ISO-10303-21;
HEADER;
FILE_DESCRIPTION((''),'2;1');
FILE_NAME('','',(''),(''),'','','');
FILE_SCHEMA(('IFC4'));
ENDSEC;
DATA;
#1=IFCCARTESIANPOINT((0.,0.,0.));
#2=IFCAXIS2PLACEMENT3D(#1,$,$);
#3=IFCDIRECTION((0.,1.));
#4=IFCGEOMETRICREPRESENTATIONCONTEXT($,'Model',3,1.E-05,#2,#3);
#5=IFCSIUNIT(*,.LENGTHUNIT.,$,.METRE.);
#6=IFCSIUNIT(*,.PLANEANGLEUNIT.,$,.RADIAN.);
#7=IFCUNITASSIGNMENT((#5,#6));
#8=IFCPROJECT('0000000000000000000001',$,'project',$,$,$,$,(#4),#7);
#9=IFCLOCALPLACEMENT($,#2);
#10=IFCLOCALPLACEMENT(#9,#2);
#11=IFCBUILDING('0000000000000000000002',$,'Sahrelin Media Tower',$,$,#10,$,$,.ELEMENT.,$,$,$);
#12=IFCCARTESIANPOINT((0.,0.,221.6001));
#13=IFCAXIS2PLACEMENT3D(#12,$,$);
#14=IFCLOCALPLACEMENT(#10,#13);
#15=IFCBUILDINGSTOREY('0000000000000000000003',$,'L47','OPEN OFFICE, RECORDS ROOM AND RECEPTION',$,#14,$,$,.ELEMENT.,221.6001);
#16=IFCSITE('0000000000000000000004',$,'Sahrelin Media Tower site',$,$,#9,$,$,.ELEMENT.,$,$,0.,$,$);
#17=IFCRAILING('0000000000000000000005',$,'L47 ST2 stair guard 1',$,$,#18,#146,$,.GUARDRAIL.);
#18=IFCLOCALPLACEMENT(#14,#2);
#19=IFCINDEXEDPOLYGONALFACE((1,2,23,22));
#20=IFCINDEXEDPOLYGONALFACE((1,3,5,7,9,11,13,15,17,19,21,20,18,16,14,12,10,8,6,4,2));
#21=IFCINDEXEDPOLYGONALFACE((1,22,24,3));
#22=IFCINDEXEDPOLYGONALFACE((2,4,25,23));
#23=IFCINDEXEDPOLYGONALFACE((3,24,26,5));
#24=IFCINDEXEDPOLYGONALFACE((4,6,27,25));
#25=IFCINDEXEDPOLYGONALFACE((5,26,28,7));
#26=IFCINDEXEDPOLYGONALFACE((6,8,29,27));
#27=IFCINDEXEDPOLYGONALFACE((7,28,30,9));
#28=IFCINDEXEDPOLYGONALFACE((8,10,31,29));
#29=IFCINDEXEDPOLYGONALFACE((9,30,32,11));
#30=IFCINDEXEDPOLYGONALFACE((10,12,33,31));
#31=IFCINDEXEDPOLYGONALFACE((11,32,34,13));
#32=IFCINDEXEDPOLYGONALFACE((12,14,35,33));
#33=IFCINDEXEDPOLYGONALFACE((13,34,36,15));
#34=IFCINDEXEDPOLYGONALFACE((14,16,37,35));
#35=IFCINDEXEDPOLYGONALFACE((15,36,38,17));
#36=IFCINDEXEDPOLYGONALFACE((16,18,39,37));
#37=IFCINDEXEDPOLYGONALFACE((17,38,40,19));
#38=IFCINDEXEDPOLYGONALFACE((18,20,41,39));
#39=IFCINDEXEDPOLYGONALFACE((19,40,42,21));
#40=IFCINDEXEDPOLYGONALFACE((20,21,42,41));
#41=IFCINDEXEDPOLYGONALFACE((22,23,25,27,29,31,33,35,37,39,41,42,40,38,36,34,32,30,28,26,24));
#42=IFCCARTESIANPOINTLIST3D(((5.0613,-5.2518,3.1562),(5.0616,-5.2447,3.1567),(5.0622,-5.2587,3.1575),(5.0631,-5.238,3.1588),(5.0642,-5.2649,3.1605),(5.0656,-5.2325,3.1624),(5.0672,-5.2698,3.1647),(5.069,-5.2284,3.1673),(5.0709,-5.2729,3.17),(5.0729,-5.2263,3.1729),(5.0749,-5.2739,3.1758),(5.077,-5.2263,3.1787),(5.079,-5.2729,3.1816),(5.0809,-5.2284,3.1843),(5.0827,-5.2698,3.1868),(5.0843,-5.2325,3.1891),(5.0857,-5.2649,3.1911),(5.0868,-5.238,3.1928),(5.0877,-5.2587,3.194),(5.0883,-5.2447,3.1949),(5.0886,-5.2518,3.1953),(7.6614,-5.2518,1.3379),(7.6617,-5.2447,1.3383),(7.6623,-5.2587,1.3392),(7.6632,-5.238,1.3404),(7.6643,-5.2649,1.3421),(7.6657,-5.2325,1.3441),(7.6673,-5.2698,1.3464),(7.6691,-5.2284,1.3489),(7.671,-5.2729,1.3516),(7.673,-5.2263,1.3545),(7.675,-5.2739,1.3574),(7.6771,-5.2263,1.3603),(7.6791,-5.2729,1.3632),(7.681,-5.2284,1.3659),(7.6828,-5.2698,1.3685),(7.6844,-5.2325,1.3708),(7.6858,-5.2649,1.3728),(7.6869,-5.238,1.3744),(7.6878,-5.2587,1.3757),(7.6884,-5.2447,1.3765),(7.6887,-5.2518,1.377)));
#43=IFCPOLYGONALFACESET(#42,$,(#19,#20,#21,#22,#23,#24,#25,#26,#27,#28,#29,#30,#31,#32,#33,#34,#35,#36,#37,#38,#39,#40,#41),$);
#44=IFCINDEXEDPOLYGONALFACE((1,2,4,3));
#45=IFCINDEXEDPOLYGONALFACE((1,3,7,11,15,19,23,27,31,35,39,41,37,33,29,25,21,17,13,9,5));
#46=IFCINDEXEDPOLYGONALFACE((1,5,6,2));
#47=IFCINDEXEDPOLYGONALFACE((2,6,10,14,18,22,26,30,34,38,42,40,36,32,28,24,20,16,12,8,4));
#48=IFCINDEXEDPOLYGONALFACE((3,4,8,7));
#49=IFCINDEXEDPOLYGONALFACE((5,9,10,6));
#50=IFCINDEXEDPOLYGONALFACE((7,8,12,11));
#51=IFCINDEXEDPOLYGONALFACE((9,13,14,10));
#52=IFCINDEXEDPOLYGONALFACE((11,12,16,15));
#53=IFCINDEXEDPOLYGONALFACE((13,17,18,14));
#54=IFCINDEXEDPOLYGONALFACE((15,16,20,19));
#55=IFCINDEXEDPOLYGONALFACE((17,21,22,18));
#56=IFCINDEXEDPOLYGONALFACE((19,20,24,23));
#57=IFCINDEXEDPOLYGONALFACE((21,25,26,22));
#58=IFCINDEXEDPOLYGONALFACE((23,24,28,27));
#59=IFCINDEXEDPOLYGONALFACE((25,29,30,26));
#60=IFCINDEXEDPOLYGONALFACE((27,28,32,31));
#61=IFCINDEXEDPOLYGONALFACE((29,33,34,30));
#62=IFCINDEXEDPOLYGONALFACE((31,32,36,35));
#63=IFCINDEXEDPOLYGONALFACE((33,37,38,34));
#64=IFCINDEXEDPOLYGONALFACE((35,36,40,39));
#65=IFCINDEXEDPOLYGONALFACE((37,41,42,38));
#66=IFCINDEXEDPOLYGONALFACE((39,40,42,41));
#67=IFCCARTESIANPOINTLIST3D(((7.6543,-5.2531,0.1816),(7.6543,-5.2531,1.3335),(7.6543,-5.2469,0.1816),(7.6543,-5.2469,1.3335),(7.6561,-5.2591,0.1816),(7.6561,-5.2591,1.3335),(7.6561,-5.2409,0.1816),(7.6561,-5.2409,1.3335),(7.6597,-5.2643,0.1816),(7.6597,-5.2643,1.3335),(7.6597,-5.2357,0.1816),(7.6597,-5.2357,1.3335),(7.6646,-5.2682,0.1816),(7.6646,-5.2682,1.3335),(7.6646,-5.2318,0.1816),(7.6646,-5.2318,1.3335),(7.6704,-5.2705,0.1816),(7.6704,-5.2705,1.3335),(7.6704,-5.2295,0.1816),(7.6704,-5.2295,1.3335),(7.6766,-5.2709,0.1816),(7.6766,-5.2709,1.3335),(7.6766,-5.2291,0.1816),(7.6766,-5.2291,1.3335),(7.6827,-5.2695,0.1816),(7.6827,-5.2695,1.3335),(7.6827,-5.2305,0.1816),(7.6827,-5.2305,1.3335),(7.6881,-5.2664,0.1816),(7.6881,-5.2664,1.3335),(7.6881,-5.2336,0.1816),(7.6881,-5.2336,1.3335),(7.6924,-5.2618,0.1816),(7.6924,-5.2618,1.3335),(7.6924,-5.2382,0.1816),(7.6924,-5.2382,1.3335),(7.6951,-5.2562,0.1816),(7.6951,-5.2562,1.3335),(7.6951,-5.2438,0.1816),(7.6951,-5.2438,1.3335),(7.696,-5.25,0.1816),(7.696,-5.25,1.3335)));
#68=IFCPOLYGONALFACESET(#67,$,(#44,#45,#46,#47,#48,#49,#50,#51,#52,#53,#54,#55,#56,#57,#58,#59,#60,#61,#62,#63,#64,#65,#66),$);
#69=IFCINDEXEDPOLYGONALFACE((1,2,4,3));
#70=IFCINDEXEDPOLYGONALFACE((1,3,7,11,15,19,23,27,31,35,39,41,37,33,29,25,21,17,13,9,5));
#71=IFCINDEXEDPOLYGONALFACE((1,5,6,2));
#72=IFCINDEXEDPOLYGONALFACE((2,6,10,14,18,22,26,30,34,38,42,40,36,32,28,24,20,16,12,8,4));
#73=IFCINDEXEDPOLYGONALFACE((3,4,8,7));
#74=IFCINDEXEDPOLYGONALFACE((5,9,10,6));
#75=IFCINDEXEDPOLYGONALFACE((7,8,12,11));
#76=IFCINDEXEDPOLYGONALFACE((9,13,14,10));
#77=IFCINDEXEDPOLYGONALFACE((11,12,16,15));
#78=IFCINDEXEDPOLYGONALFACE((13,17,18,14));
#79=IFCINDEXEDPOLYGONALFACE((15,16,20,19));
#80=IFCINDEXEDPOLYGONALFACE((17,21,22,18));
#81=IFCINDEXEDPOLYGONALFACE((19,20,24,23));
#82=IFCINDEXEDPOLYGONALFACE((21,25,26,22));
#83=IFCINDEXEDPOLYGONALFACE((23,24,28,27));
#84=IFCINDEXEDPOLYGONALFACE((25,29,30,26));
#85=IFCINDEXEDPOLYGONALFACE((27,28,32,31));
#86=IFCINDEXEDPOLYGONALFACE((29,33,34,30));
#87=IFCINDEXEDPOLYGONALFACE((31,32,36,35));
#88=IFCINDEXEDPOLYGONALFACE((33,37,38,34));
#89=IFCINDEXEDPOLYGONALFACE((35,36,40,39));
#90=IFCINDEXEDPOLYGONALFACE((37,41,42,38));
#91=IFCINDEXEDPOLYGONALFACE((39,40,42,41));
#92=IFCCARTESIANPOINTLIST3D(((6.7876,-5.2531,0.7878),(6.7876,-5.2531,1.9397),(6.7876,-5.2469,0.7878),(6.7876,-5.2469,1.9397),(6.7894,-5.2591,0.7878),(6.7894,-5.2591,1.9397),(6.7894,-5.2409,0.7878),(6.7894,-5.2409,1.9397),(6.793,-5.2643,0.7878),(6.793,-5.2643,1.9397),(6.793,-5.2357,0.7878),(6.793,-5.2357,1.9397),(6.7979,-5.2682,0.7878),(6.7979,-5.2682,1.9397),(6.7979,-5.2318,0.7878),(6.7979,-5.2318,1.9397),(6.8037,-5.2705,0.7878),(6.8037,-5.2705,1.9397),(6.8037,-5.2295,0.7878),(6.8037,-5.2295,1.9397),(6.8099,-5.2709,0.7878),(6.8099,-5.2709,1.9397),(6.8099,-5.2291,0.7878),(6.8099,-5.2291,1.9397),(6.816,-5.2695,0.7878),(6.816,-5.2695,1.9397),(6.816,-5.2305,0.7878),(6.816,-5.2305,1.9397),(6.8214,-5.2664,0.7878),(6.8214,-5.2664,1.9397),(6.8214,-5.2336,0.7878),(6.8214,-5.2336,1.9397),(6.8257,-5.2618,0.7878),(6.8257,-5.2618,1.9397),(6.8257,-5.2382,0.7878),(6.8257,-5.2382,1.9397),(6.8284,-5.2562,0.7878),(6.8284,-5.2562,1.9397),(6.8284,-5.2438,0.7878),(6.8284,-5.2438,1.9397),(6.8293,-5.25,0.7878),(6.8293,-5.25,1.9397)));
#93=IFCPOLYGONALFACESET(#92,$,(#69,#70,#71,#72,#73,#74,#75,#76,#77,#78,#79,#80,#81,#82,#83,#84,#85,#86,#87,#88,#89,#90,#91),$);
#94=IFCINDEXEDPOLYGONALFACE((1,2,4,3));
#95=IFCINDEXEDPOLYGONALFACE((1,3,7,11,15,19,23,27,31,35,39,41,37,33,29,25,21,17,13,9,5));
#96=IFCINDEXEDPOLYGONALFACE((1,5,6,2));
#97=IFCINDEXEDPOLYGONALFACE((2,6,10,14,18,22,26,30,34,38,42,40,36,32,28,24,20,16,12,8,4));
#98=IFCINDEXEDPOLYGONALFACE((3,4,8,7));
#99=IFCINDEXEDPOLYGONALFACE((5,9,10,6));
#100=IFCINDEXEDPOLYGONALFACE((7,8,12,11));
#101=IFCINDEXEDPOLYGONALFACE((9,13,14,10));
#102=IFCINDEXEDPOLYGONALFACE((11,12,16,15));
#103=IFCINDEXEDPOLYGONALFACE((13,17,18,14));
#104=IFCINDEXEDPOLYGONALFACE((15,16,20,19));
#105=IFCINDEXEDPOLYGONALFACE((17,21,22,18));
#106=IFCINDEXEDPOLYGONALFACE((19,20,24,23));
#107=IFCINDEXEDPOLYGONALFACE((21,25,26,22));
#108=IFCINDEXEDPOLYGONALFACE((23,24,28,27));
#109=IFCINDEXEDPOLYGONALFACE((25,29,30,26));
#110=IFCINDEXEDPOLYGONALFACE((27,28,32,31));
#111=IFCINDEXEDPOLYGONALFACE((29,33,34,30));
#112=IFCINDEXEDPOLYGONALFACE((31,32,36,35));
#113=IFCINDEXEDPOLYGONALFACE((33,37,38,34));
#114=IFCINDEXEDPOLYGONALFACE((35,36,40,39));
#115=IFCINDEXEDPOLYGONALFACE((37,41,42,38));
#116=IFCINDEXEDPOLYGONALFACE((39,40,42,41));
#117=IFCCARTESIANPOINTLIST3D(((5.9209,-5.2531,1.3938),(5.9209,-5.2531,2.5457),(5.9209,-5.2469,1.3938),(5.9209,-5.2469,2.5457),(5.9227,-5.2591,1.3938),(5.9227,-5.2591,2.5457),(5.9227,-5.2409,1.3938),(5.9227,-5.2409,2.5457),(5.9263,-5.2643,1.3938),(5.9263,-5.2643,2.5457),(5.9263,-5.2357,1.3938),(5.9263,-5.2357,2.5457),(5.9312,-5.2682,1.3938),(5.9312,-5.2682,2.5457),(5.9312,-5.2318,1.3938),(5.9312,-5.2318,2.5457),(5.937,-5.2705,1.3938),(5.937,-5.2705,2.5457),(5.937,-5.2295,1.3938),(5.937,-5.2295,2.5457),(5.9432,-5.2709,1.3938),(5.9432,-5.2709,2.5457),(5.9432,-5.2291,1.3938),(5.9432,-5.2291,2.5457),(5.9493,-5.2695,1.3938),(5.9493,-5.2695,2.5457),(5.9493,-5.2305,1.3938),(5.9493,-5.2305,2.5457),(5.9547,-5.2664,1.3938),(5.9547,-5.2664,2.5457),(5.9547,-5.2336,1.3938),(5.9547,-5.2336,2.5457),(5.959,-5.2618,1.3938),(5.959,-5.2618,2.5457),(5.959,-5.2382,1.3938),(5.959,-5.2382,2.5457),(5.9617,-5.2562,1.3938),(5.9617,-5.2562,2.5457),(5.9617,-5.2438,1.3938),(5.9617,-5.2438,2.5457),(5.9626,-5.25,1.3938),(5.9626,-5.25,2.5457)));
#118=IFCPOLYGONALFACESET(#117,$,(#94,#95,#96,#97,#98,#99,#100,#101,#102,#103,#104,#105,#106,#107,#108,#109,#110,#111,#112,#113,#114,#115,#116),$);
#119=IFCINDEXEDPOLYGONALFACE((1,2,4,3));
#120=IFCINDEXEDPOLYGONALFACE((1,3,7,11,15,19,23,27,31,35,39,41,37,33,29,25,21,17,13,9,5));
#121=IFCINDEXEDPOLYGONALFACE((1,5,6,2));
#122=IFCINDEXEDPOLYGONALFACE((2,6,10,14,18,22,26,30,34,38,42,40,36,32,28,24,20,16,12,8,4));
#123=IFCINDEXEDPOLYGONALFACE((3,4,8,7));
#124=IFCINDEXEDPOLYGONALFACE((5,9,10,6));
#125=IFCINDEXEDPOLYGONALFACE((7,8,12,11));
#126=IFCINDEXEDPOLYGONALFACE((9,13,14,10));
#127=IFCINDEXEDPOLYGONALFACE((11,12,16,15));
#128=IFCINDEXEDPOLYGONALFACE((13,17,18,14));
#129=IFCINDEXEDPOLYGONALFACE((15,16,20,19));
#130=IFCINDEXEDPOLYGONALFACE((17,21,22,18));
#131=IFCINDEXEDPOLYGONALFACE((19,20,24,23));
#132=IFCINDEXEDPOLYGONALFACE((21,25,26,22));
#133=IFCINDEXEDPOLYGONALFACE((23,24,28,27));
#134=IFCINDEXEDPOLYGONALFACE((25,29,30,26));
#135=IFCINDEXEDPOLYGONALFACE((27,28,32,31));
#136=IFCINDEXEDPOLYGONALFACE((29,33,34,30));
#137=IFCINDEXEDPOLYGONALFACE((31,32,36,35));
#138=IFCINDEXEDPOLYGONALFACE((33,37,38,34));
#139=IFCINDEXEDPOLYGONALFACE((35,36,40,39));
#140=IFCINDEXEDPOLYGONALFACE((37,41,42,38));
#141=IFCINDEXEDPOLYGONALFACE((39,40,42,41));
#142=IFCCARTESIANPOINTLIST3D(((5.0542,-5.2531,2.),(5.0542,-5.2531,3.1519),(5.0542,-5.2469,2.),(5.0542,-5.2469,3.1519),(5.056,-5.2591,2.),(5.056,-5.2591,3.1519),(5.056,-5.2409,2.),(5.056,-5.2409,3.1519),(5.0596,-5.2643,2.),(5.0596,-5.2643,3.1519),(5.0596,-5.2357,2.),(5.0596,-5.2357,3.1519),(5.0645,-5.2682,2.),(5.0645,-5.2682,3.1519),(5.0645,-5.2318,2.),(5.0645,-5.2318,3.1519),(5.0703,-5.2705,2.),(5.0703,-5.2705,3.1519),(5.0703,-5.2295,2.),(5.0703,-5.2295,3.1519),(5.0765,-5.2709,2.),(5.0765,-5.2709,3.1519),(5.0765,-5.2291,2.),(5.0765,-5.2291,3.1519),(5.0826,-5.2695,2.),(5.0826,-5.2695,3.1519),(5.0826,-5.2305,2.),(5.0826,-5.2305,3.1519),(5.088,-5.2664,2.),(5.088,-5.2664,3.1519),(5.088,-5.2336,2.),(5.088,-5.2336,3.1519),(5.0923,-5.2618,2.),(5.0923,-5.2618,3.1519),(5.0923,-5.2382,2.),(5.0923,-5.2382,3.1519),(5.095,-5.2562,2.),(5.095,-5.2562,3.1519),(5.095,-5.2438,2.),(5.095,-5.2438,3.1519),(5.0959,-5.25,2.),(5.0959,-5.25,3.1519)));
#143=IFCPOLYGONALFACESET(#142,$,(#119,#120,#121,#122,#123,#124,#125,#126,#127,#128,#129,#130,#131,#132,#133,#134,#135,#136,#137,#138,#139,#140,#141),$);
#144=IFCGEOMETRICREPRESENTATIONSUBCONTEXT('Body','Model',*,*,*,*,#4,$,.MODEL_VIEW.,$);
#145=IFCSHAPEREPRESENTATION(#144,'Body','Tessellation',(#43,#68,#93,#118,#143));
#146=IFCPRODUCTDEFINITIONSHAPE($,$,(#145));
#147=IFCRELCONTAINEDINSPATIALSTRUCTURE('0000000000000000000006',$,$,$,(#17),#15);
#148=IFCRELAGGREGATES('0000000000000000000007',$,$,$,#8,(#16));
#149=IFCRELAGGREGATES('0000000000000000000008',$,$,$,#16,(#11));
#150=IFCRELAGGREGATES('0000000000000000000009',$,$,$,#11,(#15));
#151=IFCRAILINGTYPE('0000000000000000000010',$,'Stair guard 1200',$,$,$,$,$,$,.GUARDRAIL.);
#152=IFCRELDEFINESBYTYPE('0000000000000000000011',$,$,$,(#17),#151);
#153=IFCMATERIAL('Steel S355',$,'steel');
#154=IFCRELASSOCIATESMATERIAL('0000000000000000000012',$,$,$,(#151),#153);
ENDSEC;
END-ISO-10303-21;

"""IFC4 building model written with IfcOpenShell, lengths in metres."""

from ifc_helpers import new_model, si_unit, direction, frame, origin, origin_2d, place, context, subcontext, project, spatial, circle, extrude, material, type_object, element, save


model = new_model("IFC4")

# Units and contexts
model_context = context("Model", 3, precision=1e-05, world=origin(), true_north=direction((0.0, 1.0)))
body_context = subcontext(model_context, "Body", "Model", "MODEL_VIEW")
ifc_project = project(units=[si_unit("LENGTHUNIT", "METRE"), si_unit("PLANEANGLEUNIT", "RADIAN")], contexts=[model_context])

# Site, building, storey
site_placement = place(None, origin())
site = spatial("IfcSite", under=ifc_project, at=site_placement, Name="Sahrelin Media Tower site", CompositionType="ELEMENT", RefElevation=0.0)
building_placement = place(site_placement, origin())
building = spatial("IfcBuilding", under=site, at=building_placement, Name="Sahrelin Media Tower", CompositionType="ELEMENT")
storey_placement = place(building_placement, frame((0.0, 0.0, 221.6001)))
storey = spatial("IfcBuildingStorey", under=building, at=storey_placement, Name="L47", Description="OPEN OFFICE, RECORDS ROOM AND RECEPTION", CompositionType="ELEMENT", Elevation=221.6001)

# Shared definitions
ifc_material_1 = material(Name="Steel S355", Category="steel")

# Railing
railing_type_1 = type_object("IfcRailingType", Name="Stair guard 1200", PredefinedType="GUARDRAIL", material=ifc_material_1)
railing_1_placement = place(storey_placement, frame((7.675, -5.25, 0.1816)))
element("IfcRailing", 1, at=railing_1_placement, inside=storey, type_object=railing_type_1, Name="L47 ST2 stair guard 1", PredefinedType="GUARDRAIL", context=body_context, shape_type="SweptSolid", body=[
    extrude(circle(Radius=0.0239, at=origin_2d()), frame((0.0, 0.0, 1.1758), z_axis=(-0.819485, 0.0, 0.573101), x_axis=(0.0, -1.0, 0.0)), (0.0, 0.0, 1.0), 3.1729),
    extrude(circle(Radius=0.021, at=origin_2d()), origin(), (0.0, 0.0, 1.0), 1.1519),
    extrude(circle(Radius=0.021, at=origin_2d()), frame((-0.8667, 0.0, 0.6062)), (0.0, 0.0, 1.0), 1.1519),
    extrude(circle(Radius=0.021, at=origin_2d()), frame((-1.7334, 0.0, 1.2122)), (0.0, 0.0, 1.0), 1.1519),
    extrude(circle(Radius=0.021, at=origin_2d()), frame((-2.6001, 0.0, 1.8184)), (0.0, 0.0, 1.0), 1.1519),
])

save(model, "model.ifc")
